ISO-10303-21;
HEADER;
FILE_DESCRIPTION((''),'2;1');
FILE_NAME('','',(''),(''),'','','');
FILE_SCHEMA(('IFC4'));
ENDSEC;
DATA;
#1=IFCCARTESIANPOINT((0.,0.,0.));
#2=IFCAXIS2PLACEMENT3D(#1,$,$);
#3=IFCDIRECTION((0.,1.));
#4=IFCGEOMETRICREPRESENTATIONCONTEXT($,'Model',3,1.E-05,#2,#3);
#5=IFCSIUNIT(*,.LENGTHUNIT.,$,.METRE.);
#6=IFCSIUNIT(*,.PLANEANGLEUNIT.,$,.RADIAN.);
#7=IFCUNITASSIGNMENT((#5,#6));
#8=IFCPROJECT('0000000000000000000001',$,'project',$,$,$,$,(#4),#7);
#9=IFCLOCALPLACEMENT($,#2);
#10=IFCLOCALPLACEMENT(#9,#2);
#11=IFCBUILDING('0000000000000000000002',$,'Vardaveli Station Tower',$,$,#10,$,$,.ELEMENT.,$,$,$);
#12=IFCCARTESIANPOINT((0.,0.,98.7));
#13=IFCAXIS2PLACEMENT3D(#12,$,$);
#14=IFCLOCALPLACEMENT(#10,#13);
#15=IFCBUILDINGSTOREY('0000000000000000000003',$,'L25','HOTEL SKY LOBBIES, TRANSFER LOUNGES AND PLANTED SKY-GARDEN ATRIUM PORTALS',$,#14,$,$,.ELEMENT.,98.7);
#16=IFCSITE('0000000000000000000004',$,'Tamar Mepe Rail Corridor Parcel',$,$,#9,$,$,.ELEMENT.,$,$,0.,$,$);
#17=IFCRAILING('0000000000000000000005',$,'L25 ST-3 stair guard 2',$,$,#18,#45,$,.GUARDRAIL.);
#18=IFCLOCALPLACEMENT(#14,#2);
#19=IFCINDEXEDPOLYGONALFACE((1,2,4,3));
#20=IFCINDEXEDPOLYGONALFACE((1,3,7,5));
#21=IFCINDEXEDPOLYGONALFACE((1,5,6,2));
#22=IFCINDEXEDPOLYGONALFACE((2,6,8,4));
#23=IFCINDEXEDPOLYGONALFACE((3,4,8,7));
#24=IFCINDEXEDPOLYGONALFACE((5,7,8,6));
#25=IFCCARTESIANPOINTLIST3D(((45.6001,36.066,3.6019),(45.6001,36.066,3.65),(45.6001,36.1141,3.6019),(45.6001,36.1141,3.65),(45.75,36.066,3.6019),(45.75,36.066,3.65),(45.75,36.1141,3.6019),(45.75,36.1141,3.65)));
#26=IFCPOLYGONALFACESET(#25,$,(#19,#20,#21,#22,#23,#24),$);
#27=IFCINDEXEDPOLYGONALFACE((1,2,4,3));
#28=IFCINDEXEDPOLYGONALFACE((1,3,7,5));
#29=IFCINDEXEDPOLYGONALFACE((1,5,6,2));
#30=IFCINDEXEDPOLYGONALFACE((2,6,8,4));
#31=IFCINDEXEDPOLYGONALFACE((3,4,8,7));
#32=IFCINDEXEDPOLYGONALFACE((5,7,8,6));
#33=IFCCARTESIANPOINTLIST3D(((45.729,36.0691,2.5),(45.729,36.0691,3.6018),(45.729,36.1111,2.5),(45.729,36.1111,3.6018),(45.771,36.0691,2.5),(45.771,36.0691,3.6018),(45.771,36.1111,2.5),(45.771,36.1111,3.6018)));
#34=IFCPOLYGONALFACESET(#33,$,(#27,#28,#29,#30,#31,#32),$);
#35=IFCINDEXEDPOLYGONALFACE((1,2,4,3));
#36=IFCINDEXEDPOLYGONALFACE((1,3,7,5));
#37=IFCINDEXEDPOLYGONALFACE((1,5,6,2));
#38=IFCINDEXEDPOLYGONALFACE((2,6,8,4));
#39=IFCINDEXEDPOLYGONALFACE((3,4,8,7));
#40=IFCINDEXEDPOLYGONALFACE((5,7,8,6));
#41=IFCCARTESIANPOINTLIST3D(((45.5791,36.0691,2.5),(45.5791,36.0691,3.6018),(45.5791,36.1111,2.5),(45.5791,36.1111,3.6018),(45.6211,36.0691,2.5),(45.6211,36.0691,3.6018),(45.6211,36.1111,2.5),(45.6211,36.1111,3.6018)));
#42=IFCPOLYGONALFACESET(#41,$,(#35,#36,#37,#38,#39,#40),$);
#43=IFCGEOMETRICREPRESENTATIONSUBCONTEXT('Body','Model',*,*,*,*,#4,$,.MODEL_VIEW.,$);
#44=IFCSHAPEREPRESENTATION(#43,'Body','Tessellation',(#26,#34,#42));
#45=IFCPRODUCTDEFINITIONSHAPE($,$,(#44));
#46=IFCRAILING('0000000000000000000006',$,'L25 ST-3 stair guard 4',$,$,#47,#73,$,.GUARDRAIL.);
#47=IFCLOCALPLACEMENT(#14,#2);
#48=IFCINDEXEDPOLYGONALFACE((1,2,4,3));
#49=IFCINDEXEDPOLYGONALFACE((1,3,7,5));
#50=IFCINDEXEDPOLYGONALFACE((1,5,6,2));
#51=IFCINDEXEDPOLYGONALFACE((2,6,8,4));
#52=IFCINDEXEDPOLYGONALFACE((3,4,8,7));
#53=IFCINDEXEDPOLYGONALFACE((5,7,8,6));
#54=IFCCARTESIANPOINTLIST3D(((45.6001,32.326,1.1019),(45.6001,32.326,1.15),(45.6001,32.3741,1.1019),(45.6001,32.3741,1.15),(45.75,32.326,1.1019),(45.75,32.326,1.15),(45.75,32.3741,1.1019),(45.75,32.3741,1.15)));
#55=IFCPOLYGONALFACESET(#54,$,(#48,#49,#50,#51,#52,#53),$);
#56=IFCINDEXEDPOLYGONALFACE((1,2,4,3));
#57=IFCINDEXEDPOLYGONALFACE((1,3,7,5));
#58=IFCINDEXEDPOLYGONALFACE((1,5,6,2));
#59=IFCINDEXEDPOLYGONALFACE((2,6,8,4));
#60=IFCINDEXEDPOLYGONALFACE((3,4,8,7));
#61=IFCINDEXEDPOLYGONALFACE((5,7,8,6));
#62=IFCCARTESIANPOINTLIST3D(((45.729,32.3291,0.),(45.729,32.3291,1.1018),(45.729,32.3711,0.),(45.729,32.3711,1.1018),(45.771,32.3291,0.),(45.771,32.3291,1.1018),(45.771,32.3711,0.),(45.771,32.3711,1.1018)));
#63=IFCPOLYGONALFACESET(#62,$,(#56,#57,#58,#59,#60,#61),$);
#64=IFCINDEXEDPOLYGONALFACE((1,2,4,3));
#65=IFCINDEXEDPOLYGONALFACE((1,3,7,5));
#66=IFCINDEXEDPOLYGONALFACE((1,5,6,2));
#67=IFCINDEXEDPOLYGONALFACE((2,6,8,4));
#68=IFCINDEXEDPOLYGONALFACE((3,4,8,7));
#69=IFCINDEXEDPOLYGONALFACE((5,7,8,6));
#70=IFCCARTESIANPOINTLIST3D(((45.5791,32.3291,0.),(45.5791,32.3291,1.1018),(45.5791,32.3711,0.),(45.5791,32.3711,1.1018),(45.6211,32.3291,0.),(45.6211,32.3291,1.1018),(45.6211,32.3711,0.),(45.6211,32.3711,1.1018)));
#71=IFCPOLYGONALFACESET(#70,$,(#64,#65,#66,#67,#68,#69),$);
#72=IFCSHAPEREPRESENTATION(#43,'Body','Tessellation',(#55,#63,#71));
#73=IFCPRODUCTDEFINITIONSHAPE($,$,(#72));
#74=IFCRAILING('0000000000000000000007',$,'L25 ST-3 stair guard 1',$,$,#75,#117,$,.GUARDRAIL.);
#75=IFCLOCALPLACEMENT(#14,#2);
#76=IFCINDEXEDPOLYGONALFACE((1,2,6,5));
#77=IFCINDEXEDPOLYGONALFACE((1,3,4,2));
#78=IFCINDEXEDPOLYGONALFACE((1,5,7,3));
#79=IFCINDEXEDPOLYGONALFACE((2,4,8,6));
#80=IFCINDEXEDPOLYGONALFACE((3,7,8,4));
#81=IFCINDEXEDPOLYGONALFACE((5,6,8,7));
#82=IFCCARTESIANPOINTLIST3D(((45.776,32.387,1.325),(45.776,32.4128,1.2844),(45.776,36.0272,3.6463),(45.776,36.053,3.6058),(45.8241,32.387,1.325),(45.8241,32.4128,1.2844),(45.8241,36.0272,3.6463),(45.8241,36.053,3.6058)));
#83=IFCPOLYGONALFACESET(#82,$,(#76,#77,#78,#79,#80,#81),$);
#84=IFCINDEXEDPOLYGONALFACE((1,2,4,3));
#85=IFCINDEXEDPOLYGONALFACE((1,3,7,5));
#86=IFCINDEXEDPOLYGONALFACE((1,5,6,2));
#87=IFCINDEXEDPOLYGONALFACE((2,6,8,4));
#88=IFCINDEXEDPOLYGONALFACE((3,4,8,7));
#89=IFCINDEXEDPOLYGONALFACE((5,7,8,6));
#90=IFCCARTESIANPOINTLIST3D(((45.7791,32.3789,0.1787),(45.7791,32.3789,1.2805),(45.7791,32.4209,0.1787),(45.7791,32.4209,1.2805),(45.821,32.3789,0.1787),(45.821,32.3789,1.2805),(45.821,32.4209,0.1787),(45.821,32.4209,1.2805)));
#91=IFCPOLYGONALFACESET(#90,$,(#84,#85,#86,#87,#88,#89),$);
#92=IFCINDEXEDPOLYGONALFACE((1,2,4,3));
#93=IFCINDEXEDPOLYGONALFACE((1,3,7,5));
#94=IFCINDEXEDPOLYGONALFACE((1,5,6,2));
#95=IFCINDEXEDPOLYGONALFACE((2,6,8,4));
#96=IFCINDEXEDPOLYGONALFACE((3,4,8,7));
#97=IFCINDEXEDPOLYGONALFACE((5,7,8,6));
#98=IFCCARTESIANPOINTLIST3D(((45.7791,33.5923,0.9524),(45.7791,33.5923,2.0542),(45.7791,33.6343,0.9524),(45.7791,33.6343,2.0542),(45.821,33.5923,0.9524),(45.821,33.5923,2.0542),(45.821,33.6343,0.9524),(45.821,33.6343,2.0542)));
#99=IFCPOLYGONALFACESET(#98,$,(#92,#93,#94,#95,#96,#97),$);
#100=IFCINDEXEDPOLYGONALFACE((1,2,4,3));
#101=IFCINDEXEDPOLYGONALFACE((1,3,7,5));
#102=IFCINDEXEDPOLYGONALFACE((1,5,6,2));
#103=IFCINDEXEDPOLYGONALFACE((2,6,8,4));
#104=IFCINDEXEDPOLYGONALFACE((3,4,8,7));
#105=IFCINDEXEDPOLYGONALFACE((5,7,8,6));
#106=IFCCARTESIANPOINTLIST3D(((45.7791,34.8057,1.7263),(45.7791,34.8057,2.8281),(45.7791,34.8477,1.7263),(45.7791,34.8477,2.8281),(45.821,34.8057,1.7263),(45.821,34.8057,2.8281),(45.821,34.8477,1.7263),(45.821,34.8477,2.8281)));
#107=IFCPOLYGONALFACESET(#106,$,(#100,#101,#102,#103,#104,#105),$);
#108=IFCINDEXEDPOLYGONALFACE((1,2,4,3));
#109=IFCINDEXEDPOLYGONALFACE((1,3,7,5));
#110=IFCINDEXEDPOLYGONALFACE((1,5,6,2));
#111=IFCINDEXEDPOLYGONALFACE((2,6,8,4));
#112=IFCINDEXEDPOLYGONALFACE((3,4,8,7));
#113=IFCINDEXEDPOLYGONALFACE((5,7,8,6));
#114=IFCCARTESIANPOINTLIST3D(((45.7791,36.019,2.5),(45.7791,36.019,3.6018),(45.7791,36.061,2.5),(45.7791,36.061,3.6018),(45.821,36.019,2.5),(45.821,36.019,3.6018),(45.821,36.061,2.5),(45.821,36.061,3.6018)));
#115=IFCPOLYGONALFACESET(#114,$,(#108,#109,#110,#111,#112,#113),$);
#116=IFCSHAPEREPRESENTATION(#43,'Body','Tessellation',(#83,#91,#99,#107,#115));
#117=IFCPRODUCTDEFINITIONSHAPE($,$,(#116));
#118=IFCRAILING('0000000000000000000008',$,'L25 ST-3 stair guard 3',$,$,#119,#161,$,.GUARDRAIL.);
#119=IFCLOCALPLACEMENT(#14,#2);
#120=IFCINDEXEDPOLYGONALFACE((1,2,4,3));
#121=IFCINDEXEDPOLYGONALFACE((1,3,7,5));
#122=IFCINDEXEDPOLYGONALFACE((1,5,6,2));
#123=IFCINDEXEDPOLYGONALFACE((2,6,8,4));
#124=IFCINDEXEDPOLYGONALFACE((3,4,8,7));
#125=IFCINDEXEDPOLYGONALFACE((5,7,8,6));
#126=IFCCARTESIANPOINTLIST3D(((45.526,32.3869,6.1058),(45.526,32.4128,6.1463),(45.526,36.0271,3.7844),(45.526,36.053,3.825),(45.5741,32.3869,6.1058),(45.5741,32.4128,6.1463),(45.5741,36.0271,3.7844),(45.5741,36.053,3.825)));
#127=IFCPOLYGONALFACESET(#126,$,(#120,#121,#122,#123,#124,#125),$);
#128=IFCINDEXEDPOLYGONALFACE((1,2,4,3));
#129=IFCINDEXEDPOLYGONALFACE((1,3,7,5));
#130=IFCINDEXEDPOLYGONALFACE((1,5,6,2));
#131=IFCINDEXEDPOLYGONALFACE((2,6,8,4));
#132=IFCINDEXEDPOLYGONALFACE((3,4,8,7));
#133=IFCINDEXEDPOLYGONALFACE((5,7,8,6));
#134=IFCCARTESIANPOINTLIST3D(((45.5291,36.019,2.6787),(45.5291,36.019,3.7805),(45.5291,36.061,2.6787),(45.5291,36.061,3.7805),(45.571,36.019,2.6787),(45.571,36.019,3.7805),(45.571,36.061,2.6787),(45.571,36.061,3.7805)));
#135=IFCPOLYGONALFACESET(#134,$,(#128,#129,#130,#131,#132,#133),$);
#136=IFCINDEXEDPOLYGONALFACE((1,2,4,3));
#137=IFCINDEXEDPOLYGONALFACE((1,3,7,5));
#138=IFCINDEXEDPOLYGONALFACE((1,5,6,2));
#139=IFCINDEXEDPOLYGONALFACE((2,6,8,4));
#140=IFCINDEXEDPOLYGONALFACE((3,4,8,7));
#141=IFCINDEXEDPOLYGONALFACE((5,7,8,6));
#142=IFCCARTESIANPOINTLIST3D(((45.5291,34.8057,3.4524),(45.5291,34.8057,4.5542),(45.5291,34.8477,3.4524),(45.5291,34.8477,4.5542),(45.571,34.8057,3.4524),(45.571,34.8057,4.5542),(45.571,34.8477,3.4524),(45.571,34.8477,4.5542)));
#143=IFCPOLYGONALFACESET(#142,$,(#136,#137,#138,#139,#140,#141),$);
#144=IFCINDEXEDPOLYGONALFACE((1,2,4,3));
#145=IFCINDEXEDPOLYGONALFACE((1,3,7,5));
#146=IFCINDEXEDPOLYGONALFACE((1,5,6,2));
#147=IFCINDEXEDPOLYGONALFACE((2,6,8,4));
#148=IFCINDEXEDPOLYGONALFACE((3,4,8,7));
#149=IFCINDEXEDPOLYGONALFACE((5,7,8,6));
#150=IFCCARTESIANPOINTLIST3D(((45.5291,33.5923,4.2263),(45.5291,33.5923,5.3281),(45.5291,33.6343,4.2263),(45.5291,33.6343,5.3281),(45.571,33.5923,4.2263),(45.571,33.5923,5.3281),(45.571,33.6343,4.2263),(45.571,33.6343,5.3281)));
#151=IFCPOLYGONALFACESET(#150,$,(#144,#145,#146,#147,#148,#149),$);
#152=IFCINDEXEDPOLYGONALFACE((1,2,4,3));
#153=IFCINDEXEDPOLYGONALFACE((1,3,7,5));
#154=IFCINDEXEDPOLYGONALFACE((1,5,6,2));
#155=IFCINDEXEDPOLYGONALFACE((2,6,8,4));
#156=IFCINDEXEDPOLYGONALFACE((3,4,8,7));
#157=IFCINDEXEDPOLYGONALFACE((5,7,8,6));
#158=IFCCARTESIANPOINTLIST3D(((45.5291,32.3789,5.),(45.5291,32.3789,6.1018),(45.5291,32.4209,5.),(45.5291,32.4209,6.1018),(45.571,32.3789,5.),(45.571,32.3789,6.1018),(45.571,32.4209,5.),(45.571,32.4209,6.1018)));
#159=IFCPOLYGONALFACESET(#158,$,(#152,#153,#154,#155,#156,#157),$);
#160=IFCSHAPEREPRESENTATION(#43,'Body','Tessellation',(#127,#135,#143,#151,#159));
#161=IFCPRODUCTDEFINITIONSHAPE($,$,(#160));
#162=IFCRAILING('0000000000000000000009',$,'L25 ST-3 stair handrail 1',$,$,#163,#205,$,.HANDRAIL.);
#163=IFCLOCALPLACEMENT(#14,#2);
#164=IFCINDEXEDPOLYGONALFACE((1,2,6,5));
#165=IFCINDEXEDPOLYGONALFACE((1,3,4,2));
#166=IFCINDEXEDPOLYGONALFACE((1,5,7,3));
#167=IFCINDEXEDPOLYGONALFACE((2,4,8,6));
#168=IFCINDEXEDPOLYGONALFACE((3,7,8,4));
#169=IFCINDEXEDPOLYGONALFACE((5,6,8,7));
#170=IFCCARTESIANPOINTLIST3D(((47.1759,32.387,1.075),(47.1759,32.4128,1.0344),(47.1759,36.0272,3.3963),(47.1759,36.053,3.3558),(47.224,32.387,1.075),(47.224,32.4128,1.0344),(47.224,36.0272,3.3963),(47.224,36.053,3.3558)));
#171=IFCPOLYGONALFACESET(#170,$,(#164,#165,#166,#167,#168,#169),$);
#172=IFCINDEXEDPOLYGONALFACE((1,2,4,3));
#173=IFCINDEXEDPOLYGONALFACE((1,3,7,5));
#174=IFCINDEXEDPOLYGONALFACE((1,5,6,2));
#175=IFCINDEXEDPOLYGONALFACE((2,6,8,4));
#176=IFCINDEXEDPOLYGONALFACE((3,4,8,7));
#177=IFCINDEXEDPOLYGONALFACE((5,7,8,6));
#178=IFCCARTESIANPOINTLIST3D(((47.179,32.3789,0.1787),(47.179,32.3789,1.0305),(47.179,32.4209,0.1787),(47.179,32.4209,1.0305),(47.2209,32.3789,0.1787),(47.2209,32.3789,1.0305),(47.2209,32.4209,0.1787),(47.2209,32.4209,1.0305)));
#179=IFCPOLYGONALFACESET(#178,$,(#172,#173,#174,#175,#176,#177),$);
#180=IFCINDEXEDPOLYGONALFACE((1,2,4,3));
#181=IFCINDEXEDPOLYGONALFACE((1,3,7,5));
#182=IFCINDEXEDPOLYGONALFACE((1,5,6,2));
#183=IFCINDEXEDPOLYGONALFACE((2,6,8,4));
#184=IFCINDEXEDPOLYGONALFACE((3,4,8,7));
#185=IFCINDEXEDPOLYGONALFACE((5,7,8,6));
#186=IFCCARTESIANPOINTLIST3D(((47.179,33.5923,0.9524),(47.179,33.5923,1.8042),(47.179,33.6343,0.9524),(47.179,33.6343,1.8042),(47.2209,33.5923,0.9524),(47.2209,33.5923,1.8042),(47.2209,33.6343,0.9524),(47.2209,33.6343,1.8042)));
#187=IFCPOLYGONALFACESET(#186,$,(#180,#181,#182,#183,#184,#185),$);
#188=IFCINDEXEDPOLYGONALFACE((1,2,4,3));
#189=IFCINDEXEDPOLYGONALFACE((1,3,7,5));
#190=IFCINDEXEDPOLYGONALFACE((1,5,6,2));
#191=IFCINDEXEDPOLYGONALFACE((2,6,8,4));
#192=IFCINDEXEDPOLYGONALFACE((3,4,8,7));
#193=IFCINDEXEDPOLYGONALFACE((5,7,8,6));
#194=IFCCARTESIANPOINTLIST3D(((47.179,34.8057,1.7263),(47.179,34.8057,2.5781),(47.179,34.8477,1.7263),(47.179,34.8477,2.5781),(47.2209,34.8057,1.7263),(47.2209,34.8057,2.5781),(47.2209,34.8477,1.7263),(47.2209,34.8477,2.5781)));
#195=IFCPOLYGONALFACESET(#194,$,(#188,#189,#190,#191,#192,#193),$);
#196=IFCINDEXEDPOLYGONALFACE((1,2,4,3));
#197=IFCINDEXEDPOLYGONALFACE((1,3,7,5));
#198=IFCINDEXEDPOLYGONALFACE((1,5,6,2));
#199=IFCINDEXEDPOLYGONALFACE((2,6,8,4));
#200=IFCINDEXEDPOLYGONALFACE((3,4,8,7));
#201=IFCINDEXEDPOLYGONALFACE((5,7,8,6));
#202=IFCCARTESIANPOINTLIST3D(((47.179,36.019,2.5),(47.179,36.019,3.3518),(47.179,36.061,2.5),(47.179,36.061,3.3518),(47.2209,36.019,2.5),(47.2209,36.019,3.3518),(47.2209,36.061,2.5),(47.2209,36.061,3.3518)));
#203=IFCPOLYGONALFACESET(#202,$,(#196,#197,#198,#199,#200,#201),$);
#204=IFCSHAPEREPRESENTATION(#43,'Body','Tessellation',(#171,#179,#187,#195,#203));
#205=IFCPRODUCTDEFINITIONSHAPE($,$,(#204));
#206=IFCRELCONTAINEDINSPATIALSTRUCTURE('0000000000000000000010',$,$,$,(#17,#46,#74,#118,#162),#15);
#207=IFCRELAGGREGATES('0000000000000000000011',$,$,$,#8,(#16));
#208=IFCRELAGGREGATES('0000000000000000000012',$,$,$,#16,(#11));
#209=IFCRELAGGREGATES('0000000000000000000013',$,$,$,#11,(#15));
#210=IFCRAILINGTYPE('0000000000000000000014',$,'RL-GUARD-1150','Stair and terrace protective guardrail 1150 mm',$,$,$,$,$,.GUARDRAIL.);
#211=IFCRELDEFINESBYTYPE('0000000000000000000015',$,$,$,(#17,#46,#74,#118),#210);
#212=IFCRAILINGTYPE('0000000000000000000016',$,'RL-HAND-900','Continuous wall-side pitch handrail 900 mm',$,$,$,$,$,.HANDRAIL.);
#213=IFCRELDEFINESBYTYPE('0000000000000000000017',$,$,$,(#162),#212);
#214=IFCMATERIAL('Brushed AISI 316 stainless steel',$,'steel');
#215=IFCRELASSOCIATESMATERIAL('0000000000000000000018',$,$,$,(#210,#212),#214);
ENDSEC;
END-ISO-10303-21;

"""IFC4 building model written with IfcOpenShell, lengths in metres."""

from ifc_helpers import new_model, si_unit, direction, frame, origin, origin_2d, place, context, subcontext, project, spatial, rectangle, extrude, source, transform, mapped, material, type_object, element, save


model = new_model("IFC4")

# Units and contexts
model_context = context("Model", 3, precision=1e-05, world=origin(), true_north=direction((0.0, 1.0)))
body_context = subcontext(model_context, "Body", "Model", "MODEL_VIEW")
ifc_project = project(units=[si_unit("LENGTHUNIT", "METRE"), si_unit("PLANEANGLEUNIT", "RADIAN")], contexts=[model_context])

# Site, building, storey
site_placement = place(None, origin())
site = spatial("IfcSite", under=ifc_project, at=site_placement, Name="Tamar Mepe Rail Corridor Parcel", CompositionType="ELEMENT", RefElevation=0.0)
building_placement = place(site_placement, origin())
building = spatial("IfcBuilding", under=site, at=building_placement, Name="Vardaveli Station Tower", CompositionType="ELEMENT")
storey_placement = place(building_placement, frame((0.0, 0.0, 98.7)))
storey = spatial("IfcBuildingStorey", under=building, at=storey_placement, Name="L25", Description="HOTEL SKY LOBBIES, TRANSFER LOUNGES AND PLANTED SKY-GARDEN ATRIUM PORTALS", CompositionType="ELEMENT", Elevation=98.7)

# Railings
ifc_material_1 = material(Name="Brushed AISI 316 stainless steel", Category="steel")
railing_type_1 = type_object("IfcRailingType", Name="RL-GUARD-1150", Description="Stair and terrace protective guardrail 1150 mm", PredefinedType="GUARDRAIL", material=ifc_material_1)
shared_shape_1 = source(origin(), body_context, "Body", "SweptSolid", [
    extrude(rectangle(XDim=0.0481, YDim=0.0481, at=origin_2d()), frame((0.0, 0.0, 1.126), z_axis=(-1.0, 0.0, 0.0), x_axis=(0.0, -1.0, 0.0)), (0.0, 0.0, 1.0), 0.1499),
    extrude(rectangle(XDim=0.042, YDim=0.042, at=origin_2d()), origin(), (0.0, 0.0, 1.0), 1.1018),
    extrude(rectangle(XDim=0.042, YDim=0.042, at=origin_2d()), frame((-0.1499, 0.0, 0.0)), (0.0, 0.0, 1.0), 1.1018),
])
for number, where, name in (
    (1, (45.75, 36.0901, 2.5), "L25 ST-3 stair guard 2"),
    (2, (45.75, 32.3501, 0.0), "L25 ST-3 stair guard 4"),
):
    element("IfcRailing", number, at=place(storey_placement, frame(where)), inside=storey, type_object=railing_type_1, Name=name, PredefinedType="GUARDRAIL", context=body_context, shape_type="MappedRepresentation", body=[
        mapped(shared_shape_1, transform((0.0, 0.0, 0.0), scale=1.0)),
    ])
shared_shape_2 = source(origin(), body_context, "Body", "SweptSolid", [
    extrude(rectangle(XDim=0.0481, YDim=0.0481, at=origin_2d()), frame((0.0, 0.0, 1.126), z_axis=(0.0, 0.843153, 0.537673), x_axis=(-1.0, 0.0, 0.0)), (0.0, 0.0, 1.0), 4.3174),
    extrude(rectangle(XDim=0.042, YDim=0.042, at=origin_2d()), origin(), (0.0, 0.0, 1.0), 1.1018),
    extrude(rectangle(XDim=0.042, YDim=0.042, at=origin_2d()), frame((0.0, 1.2134, 0.7737)), (0.0, 0.0, 1.0), 1.1018),
    extrude(rectangle(XDim=0.042, YDim=0.042, at=origin_2d()), frame((0.0, 2.4268, 1.5476)), (0.0, 0.0, 1.0), 1.1018),
    extrude(rectangle(XDim=0.042, YDim=0.042, at=origin_2d()), frame((0.0, 3.6401, 2.3213)), (0.0, 0.0, 1.0), 1.1018),
])
railing_1_placement = place(storey_placement, frame((45.8, 32.3999, 0.1787)))
element("IfcRailing", 3, at=railing_1_placement, inside=storey, type_object=railing_type_1, Name="L25 ST-3 stair guard 1", PredefinedType="GUARDRAIL", context=body_context, shape_type="MappedRepresentation", body=[
    mapped(shared_shape_2, transform((0.0, 0.0, 0.0), scale=1.0)),
])
shared_shape_3 = source(origin(), body_context, "Body", "SweptSolid", [
    extrude(rectangle(XDim=0.0481, YDim=0.0481, at=origin_2d()), frame((0.0, 0.0, 1.126), z_axis=(0.0, -0.843153, 0.537673), x_axis=(1.0, 0.0, 0.0)), (0.0, 0.0, 1.0), 4.3174),
    extrude(rectangle(XDim=0.042, YDim=0.042, at=origin_2d()), origin(), (0.0, 0.0, 1.0), 1.1018),
    extrude(rectangle(XDim=0.042, YDim=0.042, at=origin_2d()), frame((0.0, -1.2134, 0.7737)), (0.0, 0.0, 1.0), 1.1018),
    extrude(rectangle(XDim=0.042, YDim=0.042, at=origin_2d()), frame((0.0, -2.4268, 1.5476)), (0.0, 0.0, 1.0), 1.1018),
    extrude(rectangle(XDim=0.042, YDim=0.042, at=origin_2d()), frame((0.0, -3.6401, 2.3213)), (0.0, 0.0, 1.0), 1.1018),
])
railing_2_placement = place(storey_placement, frame((45.55, 36.04, 2.6787)))
element("IfcRailing", 4, at=railing_2_placement, inside=storey, type_object=railing_type_1, Name="L25 ST-3 stair guard 3", PredefinedType="GUARDRAIL", context=body_context, shape_type="MappedRepresentation", body=[
    mapped(shared_shape_3, transform((0.0, 0.0, 0.0), scale=1.0)),
])
railing_type_2 = type_object("IfcRailingType", Name="RL-HAND-900", Description="Continuous wall-side pitch handrail 900 mm", PredefinedType="HANDRAIL", material=ifc_material_1)
shared_shape_4 = source(origin(), body_context, "Body", "SweptSolid", [
    extrude(rectangle(XDim=0.0481, YDim=0.0481, at=origin_2d()), frame((0.0, 0.0, 0.876), z_axis=(0.0, 0.843153, 0.537673), x_axis=(-1.0, 0.0, 0.0)), (0.0, 0.0, 1.0), 4.3174),
    extrude(rectangle(XDim=0.042, YDim=0.042, at=origin_2d()), origin(), (0.0, 0.0, 1.0), 0.8518),
    extrude(rectangle(XDim=0.042, YDim=0.042, at=origin_2d()), frame((0.0, 1.2134, 0.7737)), (0.0, 0.0, 1.0), 0.8518),
    extrude(rectangle(XDim=0.042, YDim=0.042, at=origin_2d()), frame((0.0, 2.4268, 1.5476)), (0.0, 0.0, 1.0), 0.8518),
    extrude(rectangle(XDim=0.042, YDim=0.042, at=origin_2d()), frame((0.0, 3.6401, 2.3213)), (0.0, 0.0, 1.0), 0.8518),
])
railing_3_placement = place(storey_placement, frame((47.2, 32.3999, 0.1787)))
element("IfcRailing", 5, at=railing_3_placement, inside=storey, type_object=railing_type_2, Name="L25 ST-3 stair handrail 1", PredefinedType="HANDRAIL", context=body_context, shape_type="MappedRepresentation", body=[
    mapped(shared_shape_4, transform((0.0, 0.0, 0.0), scale=1.0)),
])

save(model, "model.ifc")
